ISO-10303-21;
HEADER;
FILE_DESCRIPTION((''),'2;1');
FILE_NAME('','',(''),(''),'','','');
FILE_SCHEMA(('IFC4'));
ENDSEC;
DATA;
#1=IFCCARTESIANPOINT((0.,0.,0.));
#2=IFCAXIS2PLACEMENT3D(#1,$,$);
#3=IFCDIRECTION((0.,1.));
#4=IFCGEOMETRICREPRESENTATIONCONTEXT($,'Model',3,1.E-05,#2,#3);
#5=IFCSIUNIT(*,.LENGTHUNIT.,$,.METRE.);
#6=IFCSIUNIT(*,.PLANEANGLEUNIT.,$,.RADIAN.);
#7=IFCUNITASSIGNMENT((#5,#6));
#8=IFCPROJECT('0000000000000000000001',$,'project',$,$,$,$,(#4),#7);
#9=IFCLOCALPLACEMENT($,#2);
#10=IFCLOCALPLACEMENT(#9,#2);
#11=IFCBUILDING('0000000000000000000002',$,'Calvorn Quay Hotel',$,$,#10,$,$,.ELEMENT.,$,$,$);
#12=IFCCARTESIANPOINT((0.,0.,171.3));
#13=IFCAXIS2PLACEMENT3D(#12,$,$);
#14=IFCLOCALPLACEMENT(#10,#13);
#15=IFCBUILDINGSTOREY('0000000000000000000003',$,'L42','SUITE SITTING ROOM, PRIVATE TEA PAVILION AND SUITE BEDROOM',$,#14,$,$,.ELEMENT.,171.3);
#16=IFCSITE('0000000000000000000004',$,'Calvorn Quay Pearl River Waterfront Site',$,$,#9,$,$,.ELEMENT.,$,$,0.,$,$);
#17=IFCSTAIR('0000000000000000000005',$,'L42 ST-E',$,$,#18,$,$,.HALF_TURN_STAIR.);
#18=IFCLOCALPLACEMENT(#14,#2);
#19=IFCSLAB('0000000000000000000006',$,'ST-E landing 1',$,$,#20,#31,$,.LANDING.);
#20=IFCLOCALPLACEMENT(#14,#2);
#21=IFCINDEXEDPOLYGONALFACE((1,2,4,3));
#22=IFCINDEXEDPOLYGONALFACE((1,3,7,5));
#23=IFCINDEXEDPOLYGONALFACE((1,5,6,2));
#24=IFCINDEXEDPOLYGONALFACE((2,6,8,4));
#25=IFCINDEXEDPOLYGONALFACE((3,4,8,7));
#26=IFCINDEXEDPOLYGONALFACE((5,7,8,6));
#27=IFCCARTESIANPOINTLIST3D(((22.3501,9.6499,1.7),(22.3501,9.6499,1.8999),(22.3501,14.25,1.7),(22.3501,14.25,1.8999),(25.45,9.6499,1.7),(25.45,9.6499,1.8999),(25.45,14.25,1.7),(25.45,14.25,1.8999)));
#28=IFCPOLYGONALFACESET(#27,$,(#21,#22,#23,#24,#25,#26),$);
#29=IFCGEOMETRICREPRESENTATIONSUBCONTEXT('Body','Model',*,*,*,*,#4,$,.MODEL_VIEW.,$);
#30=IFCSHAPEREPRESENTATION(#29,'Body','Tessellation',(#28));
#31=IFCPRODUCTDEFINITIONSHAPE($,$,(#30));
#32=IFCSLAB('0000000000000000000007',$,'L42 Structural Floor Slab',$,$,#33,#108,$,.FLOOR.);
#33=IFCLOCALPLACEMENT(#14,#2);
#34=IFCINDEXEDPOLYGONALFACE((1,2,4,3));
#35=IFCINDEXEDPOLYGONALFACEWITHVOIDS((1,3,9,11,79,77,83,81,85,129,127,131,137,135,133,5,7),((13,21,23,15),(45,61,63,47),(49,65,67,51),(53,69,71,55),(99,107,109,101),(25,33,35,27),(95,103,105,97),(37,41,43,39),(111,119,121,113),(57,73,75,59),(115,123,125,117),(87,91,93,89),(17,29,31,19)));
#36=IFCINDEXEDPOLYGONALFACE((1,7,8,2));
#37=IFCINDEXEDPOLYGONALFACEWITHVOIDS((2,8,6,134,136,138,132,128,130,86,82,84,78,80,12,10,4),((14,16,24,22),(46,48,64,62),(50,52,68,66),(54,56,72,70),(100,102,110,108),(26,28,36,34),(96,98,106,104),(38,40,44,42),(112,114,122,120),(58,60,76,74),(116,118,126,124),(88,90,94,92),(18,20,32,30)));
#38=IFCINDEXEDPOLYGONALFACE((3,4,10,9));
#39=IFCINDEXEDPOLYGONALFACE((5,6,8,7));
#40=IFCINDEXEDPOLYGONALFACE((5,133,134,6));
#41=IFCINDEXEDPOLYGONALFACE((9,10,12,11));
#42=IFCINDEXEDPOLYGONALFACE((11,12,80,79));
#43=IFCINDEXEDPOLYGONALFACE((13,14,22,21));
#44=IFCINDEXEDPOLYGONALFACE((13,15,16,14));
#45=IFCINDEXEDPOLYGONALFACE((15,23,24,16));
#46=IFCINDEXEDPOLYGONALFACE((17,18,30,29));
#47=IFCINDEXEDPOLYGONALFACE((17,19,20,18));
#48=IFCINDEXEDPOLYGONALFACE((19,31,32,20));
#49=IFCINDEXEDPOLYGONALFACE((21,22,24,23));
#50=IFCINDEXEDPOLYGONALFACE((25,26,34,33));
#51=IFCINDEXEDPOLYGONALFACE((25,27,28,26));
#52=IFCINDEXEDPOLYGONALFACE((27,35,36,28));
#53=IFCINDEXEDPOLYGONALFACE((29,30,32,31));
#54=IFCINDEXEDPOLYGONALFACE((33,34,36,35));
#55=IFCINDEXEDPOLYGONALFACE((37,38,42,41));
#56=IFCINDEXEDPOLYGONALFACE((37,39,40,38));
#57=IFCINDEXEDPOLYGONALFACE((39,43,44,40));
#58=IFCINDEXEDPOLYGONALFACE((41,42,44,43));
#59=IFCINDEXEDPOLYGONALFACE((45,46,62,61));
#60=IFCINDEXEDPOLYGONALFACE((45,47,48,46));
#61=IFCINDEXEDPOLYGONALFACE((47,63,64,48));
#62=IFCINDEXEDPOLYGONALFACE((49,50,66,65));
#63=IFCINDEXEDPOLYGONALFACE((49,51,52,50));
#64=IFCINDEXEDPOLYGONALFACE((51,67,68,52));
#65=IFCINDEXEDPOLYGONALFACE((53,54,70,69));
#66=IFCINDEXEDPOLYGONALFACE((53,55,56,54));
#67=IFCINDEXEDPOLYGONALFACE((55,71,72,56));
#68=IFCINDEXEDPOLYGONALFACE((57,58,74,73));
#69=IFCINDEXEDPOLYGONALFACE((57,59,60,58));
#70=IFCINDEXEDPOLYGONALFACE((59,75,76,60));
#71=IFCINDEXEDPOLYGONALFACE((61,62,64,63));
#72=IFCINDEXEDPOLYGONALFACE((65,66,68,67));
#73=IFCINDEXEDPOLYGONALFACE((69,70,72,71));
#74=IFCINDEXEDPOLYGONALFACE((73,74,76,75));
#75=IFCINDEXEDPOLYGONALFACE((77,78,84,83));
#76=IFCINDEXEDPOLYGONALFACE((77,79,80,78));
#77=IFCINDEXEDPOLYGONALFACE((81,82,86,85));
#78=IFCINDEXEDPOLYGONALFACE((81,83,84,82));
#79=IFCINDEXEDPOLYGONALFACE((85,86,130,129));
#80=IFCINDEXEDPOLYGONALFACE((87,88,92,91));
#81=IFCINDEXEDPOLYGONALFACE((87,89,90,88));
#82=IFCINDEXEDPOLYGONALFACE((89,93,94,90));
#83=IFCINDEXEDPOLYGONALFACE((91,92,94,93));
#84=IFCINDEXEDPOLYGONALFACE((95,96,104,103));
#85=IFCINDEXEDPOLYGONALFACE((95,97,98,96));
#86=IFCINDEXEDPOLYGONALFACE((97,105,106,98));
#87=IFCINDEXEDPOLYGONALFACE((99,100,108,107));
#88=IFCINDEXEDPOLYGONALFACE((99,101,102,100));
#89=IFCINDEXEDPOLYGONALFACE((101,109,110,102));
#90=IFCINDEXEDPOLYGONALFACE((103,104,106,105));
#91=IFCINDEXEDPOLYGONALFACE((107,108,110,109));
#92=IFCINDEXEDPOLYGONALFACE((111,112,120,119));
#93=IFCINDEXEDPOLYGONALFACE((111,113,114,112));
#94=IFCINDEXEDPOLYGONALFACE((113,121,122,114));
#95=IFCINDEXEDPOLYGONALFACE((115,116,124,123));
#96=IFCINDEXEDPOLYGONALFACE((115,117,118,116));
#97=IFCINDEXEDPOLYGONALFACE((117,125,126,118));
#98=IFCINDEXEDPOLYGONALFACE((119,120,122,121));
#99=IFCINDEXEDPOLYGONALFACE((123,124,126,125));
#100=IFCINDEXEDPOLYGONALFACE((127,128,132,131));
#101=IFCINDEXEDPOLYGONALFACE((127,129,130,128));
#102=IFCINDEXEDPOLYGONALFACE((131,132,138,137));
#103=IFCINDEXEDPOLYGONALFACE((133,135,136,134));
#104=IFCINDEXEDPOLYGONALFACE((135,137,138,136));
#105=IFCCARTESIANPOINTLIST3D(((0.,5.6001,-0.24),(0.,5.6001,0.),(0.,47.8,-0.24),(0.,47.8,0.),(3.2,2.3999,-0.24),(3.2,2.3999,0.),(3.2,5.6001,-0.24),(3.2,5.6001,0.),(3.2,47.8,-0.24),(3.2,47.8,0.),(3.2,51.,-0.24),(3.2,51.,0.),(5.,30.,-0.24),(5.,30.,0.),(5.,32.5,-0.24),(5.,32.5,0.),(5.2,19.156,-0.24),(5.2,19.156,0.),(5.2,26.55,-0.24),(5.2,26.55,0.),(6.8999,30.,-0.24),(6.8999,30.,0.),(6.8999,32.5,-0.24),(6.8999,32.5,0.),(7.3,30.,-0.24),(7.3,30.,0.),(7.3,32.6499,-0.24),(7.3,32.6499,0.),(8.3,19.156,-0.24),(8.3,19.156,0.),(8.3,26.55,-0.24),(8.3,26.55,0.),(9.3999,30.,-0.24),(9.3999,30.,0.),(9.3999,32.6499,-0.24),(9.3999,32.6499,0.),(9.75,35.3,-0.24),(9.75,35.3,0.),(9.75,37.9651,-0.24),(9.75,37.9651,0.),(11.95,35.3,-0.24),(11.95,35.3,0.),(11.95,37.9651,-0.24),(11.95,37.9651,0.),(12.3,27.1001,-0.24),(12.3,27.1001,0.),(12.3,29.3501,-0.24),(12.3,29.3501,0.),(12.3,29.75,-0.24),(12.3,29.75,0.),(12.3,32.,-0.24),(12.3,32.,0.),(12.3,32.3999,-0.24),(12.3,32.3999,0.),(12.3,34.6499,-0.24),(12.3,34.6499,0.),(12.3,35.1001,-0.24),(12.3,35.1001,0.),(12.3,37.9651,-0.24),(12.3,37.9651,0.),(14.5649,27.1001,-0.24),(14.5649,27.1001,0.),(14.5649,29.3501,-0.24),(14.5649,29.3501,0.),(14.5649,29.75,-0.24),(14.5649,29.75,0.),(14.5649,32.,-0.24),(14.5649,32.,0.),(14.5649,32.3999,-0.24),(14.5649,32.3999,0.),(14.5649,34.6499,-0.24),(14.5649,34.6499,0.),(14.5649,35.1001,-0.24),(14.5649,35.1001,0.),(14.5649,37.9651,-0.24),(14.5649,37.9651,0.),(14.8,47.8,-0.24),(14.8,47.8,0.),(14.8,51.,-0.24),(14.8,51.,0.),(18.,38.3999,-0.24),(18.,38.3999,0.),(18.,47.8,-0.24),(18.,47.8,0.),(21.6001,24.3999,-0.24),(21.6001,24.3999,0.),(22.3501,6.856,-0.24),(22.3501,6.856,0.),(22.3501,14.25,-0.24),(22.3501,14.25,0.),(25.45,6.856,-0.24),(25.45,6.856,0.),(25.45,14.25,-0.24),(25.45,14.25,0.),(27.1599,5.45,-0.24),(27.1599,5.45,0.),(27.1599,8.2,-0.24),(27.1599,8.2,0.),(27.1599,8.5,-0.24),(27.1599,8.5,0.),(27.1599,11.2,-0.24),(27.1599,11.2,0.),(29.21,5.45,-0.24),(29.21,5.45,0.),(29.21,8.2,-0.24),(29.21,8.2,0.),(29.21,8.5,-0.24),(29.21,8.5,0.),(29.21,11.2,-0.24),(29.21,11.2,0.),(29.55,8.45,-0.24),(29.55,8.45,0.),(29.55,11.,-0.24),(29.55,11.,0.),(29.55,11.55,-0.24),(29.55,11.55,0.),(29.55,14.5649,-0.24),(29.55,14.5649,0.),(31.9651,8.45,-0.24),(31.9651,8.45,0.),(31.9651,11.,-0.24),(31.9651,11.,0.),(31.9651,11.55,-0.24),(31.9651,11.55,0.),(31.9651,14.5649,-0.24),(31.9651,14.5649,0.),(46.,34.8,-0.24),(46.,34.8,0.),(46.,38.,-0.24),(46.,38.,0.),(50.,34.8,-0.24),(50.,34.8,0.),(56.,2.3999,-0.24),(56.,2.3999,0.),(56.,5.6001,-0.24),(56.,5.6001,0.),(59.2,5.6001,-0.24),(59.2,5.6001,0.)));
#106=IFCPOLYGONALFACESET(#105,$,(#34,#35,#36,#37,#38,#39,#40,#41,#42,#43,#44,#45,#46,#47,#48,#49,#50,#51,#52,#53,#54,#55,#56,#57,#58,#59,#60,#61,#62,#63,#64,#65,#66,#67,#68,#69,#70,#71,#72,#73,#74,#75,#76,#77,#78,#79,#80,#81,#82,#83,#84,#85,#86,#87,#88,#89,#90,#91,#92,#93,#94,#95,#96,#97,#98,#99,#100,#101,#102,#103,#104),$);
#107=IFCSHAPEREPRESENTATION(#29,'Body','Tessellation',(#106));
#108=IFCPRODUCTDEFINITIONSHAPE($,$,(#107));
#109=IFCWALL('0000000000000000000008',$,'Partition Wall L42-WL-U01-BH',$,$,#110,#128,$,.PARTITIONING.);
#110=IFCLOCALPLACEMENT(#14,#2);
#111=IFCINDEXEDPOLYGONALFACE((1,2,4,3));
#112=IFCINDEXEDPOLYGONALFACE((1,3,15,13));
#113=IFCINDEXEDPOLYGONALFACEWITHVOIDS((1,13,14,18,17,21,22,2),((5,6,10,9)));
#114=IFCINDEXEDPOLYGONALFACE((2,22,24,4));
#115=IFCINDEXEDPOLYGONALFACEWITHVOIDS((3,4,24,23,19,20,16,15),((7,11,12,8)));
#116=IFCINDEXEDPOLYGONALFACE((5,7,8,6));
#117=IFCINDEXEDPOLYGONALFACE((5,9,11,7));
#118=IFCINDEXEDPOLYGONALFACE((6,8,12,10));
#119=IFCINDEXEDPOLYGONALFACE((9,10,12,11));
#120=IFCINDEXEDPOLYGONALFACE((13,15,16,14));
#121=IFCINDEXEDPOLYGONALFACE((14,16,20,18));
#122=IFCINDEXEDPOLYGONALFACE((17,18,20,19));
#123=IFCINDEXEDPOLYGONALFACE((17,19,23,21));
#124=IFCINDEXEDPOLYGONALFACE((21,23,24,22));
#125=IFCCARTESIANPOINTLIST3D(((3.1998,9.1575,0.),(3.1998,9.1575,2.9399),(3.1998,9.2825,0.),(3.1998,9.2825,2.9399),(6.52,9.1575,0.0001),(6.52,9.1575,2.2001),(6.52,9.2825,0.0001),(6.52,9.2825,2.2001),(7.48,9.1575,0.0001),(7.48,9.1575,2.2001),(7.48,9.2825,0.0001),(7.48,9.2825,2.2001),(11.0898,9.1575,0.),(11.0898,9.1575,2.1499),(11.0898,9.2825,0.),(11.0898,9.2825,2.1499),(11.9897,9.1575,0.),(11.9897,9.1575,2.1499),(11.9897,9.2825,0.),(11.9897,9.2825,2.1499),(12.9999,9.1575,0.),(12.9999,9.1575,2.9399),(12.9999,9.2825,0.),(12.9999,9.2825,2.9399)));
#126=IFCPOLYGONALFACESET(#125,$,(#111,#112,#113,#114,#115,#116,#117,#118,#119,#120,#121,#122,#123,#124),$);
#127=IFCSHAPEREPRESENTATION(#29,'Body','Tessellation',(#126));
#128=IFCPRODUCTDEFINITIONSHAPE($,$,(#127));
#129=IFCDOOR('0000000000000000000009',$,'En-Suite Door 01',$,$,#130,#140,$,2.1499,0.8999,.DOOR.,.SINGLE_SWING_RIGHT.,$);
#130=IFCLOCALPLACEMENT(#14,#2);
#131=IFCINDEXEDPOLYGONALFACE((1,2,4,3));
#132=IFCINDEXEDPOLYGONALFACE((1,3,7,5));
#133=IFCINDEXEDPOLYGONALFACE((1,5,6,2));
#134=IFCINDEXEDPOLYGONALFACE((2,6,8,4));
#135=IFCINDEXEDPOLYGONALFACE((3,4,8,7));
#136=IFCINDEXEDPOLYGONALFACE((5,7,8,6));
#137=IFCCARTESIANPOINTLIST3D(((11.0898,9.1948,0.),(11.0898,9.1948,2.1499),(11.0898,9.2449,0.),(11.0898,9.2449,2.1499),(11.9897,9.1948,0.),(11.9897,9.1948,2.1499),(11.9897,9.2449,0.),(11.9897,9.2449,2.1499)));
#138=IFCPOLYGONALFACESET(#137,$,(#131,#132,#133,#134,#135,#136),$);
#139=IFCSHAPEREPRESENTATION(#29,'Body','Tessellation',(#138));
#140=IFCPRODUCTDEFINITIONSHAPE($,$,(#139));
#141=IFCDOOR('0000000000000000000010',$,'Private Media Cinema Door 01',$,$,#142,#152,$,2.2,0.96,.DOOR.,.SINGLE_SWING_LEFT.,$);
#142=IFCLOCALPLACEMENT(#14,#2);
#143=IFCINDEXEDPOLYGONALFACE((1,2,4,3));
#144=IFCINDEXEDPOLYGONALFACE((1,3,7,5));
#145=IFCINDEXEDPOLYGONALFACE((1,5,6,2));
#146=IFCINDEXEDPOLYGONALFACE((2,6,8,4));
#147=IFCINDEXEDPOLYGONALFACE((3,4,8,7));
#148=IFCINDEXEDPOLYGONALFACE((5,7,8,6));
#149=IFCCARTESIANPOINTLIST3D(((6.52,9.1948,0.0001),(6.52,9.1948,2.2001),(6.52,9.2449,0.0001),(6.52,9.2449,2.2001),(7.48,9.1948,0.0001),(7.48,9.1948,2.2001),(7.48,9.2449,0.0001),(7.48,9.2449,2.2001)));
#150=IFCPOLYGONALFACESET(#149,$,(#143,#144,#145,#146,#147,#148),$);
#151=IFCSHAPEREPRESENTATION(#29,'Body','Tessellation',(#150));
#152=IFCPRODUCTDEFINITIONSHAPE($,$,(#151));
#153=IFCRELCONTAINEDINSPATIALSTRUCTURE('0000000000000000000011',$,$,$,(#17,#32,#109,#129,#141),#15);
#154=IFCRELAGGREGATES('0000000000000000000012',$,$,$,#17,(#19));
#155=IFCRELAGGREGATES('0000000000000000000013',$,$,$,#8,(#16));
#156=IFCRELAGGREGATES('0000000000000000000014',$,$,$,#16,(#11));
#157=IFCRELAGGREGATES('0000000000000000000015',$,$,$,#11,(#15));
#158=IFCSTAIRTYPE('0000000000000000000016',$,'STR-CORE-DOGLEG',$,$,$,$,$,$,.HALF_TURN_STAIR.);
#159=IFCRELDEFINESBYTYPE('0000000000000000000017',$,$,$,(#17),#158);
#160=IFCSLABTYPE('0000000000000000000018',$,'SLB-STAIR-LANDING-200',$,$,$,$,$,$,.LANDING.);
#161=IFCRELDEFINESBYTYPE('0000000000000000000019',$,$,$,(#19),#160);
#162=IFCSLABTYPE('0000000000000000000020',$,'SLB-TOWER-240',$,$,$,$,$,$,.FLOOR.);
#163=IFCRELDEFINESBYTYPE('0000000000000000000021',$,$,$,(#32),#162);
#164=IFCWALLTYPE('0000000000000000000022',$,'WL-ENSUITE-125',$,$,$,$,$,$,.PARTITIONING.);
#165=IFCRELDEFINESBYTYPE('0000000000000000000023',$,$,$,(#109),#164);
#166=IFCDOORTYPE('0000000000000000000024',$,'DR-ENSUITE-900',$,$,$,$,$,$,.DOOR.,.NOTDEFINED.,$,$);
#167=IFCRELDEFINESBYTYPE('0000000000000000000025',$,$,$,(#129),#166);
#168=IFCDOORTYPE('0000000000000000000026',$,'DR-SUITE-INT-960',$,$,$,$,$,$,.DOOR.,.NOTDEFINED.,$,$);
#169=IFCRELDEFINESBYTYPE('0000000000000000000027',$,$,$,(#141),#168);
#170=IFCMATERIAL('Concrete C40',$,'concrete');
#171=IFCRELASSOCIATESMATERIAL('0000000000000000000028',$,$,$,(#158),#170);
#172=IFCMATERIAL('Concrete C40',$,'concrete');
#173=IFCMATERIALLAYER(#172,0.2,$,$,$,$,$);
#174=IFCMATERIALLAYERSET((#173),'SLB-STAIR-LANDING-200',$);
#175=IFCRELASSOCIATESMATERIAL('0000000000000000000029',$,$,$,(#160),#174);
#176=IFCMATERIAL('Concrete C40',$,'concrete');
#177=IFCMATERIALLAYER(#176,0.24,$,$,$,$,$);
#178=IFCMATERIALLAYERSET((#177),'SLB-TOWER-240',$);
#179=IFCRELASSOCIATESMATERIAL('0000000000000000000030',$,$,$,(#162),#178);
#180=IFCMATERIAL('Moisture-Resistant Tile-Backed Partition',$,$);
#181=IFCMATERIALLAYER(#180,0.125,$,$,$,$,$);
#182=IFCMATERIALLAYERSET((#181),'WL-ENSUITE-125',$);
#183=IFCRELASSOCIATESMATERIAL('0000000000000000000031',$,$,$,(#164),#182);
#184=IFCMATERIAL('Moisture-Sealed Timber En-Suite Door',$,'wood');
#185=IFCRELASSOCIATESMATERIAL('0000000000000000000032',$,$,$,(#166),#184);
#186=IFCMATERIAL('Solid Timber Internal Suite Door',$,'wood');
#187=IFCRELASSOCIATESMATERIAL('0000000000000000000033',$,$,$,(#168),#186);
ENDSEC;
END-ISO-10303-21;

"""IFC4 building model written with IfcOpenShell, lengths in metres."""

from ifc_helpers import new_model, si_unit, direction, frame, frame_2d, origin, place, context, subcontext, project, spatial, polyline, rectangle, outline, extrude, material, layer, layer_set, type_object, element, fill, aggregate, save


model = new_model("IFC4")

# Units and contexts
model_context = context("Model", 3, precision=1e-05, world=origin(), true_north=direction((0.0, 1.0)))
body_context = subcontext(model_context, "Body", "Model", "MODEL_VIEW")
ifc_project = project(units=[si_unit("LENGTHUNIT", "METRE"), si_unit("PLANEANGLEUNIT", "RADIAN")], contexts=[model_context])

# Site, building, storey
site_placement = place(None, origin())
site = spatial("IfcSite", under=ifc_project, at=site_placement, Name="Calvorn Quay Pearl River Waterfront Site", CompositionType="ELEMENT", RefElevation=0.0)
building_placement = place(site_placement, origin())
building = spatial("IfcBuilding", under=site, at=building_placement, Name="Calvorn Quay Hotel", CompositionType="ELEMENT")
storey_placement = place(building_placement, frame((0.0, 0.0, 171.3)))
storey = spatial("IfcBuildingStorey", under=building, at=storey_placement, Name="L42", Description="SUITE SITTING ROOM, PRIVATE TEA PAVILION AND SUITE BEDROOM", CompositionType="ELEMENT", Elevation=171.3)

# Stair, slab
ifc_material_1 = material(Name="Concrete C40", Category="concrete")
stair_type = type_object("IfcStairType", Name="STR-CORE-DOGLEG", PredefinedType="HALF_TURN_STAIR", material=ifc_material_1)
ifc_material_2 = material(Name="Concrete C40", Category="concrete")
ifc_layer_1 = layer(ifc_material_2, 0.2)
ifc_layer_set_1 = layer_set([ifc_layer_1], Name="SLB-STAIR-LANDING-200")
slab_type_1 = type_object("IfcSlabType", Name="SLB-STAIR-LANDING-200", PredefinedType="LANDING", material=ifc_layer_set_1)
stair_1_placement = place(storey_placement, origin())
stair_1 = element("IfcStair", 1, at=stair_1_placement, inside=storey, type_object=stair_type, Name="L42 ST-E", PredefinedType="HALF_TURN_STAIR")
slab_1_placement = place(storey_placement, frame((0.0, 0.0, 1.7)))
slab_1 = element("IfcSlab", 2, at=slab_1_placement, type_object=slab_type_1, Name="ST-E landing 1", PredefinedType="LANDING", context=body_context, shape_type="SweptSolid", body=[
    extrude(outline(polyline([(25.45, 9.6499), (25.45, 14.25), (22.3501, 14.25), (22.3501, 9.6499), (25.45, 9.6499)])), origin(), (0.0, 0.0, 1.0), 0.2),
])
aggregate(stair_1, [slab_1])

# Slab
ifc_material_3 = material(Name="Concrete C40", Category="concrete")
ifc_layer_2 = layer(ifc_material_3, 0.24)
ifc_layer_set_2 = layer_set([ifc_layer_2], Name="SLB-TOWER-240")
slab_type_2 = type_object("IfcSlabType", Name="SLB-TOWER-240", PredefinedType="FLOOR", material=ifc_layer_set_2)
slab_2_placement = place(storey_placement, frame((0.0, 0.0, -0.24)))
element("IfcSlab", 3, at=slab_2_placement, inside=storey, type_object=slab_type_2, Name="L42 Structural Floor Slab", PredefinedType="FLOOR", context=body_context, shape_type="SweptSolid", body=[
    extrude(outline(polyline([(0.0, 5.6001), (3.2, 5.6001), (3.2, 2.3999), (56.0, 2.3999), (56.0, 5.6001), (59.2, 5.6001), (50.0, 34.8), (46.0, 34.8), (46.0, 38.0), (21.6001, 24.3999), (18.0, 38.3999), (18.0, 47.8), (14.8, 47.8), (14.8, 51.0), (3.2, 51.0), (3.2, 47.8), (0.0, 47.8), (0.0, 5.6001)]), holes=[polyline([(5.2, 19.156), (8.3, 19.156), (8.3, 26.55), (5.2, 26.55), (5.2, 19.156)]), polyline([(22.3501, 6.856), (25.45, 6.856), (25.45, 14.25), (22.3501, 14.25), (22.3501, 6.856)]), polyline([(5.0, 30.0), (6.8999, 30.0), (6.8999, 32.5), (5.0, 32.5), (5.0, 30.0)]), polyline([(7.3, 30.0), (9.3999, 30.0), (9.3999, 32.6499), (7.3, 32.6499), (7.3, 30.0)]), polyline([(27.1599, 8.5), (29.21, 8.5), (29.21, 11.2), (27.1599, 11.2), (27.1599, 8.5)]), polyline([(27.1599, 5.45), (29.21, 5.45), (29.21, 8.2), (27.1599, 8.2), (27.1599, 5.45)]), polyline([(12.3, 27.1001), (14.5649, 27.1001), (14.5649, 29.3501), (12.3, 29.3501), (12.3, 27.1001)]), polyline([(12.3, 29.75), (14.5649, 29.75), (14.5649, 32.0), (12.3, 32.0), (12.3, 29.75)]), polyline([(12.3, 32.3999), (14.5649, 32.3999), (14.5649, 34.6499), (12.3, 34.6499), (12.3, 32.3999)]), polyline([(12.3, 35.1001), (14.5649, 35.1001), (14.5649, 37.9651), (12.3, 37.9651), (12.3, 35.1001)]), polyline([(9.75, 35.3), (11.95, 35.3), (11.95, 37.9651), (9.75, 37.9651), (9.75, 35.3)]), polyline([(29.55, 11.55), (31.9651, 11.55), (31.9651, 14.5649), (29.55, 14.5649), (29.55, 11.55)]), polyline([(29.55, 8.45), (31.9651, 8.45), (31.9651, 11.0), (29.55, 11.0), (29.55, 8.45)])]), origin(), (0.0, 0.0, 1.0), 0.24),
])

# Wall, openings, doors
ifc_material_4 = material(Name="Moisture-Resistant Tile-Backed Partition")
ifc_layer_3 = layer(ifc_material_4, 0.125)
ifc_layer_set_3 = layer_set([ifc_layer_3], Name="WL-ENSUITE-125")
wall_type_1 = type_object("IfcWallType", Name="WL-ENSUITE-125", PredefinedType="PARTITIONING", material=ifc_layer_set_3)
wall_1_placement = place(storey_placement, frame((3.2, 9.22, 0.0), z_axis=(0.0, 0.0, 1.0), x_axis=(1.0, 0.0, 0.0)))
wall_1 = element("IfcWall", 4, at=wall_1_placement, inside=storey, type_object=wall_type_1, Name="Partition Wall L42-WL-U01-BH", PredefinedType="PARTITIONING", context=body_context, shape_type="SweptSolid", body=[
    extrude(rectangle(XDim=9.8, YDim=0.125, at=frame_2d((4.8999, 0.0))), origin(), (0.0, 0.0, 1.0), 2.9399),
])
opening_1_placement = place(wall_1_placement, frame((3.3201, 0.0, 0.0)))
opening_1 = element("IfcOpeningElement", 5, at=opening_1_placement, cuts=wall_1, PredefinedType="OPENING", context=body_context, shape_type="SweptSolid", body=[
    extrude(rectangle(XDim=0.96, YDim=2.2, at=frame_2d((0.48, 1.1001))), frame((0.0, 0.0725, 0.0), z_axis=(0.0, -1.0, 0.0), x_axis=(1.0, 0.0, 0.0)), (0.0, 0.0, 1.0), 0.145),
])
opening_2_placement = place(wall_1_placement, frame((7.8899, 0.0, 0.0)))
opening_2 = element("IfcOpeningElement", 6, at=opening_2_placement, cuts=wall_1, PredefinedType="OPENING", context=body_context, shape_type="SweptSolid", body=[
    extrude(rectangle(XDim=0.8999, YDim=2.1499, at=frame_2d((0.45, 1.075))), frame((0.0, 0.0725, 0.0), z_axis=(0.0, -1.0, 0.0), x_axis=(1.0, 0.0, 0.0)), (0.0, 0.0, 1.0), 0.145),
])
ifc_material_5 = material(Name="Moisture-Sealed Timber En-Suite Door", Category="wood")
door_type_1 = type_object("IfcDoorType", Name="DR-ENSUITE-900", OperationType="NOTDEFINED", PredefinedType="DOOR", material=ifc_material_5)
door_1_placement = place(opening_2_placement, origin())
door_1 = element("IfcDoor", 7, at=door_1_placement, inside=storey, type_object=door_type_1, Name="En-Suite Door 01", OperationType="SINGLE_SWING_RIGHT", OverallHeight=2.1499, OverallWidth=0.8999, PredefinedType="DOOR", context=body_context, shape_type="SweptSolid", body=[
    extrude(rectangle(XDim=0.8999, YDim=2.1499, at=frame_2d((0.45, 1.075))), frame((0.0, 0.0249, 0.0), z_axis=(0.0, -1.0, 0.0), x_axis=(1.0, 0.0, 0.0)), (0.0, 0.0, 1.0), 0.05),
])
fill(opening_2, door_1)
ifc_material_6 = material(Name="Solid Timber Internal Suite Door", Category="wood")
door_type_2 = type_object("IfcDoorType", Name="DR-SUITE-INT-960", OperationType="NOTDEFINED", PredefinedType="DOOR", material=ifc_material_6)
door_2_placement = place(opening_1_placement, origin())
door_2 = element("IfcDoor", 8, at=door_2_placement, inside=storey, type_object=door_type_2, Name="Private Media Cinema Door 01", OperationType="SINGLE_SWING_LEFT", OverallHeight=2.2, OverallWidth=0.96, PredefinedType="DOOR", context=body_context, shape_type="SweptSolid", body=[
    extrude(rectangle(XDim=0.96, YDim=2.2, at=frame_2d((0.48, 1.1001))), frame((0.0, 0.0249, 0.0), z_axis=(0.0, -1.0, 0.0), x_axis=(1.0, 0.0, 0.0)), (0.0, 0.0, 1.0), 0.05),
])
fill(opening_1, door_2)

save(model, "model.ifc")
